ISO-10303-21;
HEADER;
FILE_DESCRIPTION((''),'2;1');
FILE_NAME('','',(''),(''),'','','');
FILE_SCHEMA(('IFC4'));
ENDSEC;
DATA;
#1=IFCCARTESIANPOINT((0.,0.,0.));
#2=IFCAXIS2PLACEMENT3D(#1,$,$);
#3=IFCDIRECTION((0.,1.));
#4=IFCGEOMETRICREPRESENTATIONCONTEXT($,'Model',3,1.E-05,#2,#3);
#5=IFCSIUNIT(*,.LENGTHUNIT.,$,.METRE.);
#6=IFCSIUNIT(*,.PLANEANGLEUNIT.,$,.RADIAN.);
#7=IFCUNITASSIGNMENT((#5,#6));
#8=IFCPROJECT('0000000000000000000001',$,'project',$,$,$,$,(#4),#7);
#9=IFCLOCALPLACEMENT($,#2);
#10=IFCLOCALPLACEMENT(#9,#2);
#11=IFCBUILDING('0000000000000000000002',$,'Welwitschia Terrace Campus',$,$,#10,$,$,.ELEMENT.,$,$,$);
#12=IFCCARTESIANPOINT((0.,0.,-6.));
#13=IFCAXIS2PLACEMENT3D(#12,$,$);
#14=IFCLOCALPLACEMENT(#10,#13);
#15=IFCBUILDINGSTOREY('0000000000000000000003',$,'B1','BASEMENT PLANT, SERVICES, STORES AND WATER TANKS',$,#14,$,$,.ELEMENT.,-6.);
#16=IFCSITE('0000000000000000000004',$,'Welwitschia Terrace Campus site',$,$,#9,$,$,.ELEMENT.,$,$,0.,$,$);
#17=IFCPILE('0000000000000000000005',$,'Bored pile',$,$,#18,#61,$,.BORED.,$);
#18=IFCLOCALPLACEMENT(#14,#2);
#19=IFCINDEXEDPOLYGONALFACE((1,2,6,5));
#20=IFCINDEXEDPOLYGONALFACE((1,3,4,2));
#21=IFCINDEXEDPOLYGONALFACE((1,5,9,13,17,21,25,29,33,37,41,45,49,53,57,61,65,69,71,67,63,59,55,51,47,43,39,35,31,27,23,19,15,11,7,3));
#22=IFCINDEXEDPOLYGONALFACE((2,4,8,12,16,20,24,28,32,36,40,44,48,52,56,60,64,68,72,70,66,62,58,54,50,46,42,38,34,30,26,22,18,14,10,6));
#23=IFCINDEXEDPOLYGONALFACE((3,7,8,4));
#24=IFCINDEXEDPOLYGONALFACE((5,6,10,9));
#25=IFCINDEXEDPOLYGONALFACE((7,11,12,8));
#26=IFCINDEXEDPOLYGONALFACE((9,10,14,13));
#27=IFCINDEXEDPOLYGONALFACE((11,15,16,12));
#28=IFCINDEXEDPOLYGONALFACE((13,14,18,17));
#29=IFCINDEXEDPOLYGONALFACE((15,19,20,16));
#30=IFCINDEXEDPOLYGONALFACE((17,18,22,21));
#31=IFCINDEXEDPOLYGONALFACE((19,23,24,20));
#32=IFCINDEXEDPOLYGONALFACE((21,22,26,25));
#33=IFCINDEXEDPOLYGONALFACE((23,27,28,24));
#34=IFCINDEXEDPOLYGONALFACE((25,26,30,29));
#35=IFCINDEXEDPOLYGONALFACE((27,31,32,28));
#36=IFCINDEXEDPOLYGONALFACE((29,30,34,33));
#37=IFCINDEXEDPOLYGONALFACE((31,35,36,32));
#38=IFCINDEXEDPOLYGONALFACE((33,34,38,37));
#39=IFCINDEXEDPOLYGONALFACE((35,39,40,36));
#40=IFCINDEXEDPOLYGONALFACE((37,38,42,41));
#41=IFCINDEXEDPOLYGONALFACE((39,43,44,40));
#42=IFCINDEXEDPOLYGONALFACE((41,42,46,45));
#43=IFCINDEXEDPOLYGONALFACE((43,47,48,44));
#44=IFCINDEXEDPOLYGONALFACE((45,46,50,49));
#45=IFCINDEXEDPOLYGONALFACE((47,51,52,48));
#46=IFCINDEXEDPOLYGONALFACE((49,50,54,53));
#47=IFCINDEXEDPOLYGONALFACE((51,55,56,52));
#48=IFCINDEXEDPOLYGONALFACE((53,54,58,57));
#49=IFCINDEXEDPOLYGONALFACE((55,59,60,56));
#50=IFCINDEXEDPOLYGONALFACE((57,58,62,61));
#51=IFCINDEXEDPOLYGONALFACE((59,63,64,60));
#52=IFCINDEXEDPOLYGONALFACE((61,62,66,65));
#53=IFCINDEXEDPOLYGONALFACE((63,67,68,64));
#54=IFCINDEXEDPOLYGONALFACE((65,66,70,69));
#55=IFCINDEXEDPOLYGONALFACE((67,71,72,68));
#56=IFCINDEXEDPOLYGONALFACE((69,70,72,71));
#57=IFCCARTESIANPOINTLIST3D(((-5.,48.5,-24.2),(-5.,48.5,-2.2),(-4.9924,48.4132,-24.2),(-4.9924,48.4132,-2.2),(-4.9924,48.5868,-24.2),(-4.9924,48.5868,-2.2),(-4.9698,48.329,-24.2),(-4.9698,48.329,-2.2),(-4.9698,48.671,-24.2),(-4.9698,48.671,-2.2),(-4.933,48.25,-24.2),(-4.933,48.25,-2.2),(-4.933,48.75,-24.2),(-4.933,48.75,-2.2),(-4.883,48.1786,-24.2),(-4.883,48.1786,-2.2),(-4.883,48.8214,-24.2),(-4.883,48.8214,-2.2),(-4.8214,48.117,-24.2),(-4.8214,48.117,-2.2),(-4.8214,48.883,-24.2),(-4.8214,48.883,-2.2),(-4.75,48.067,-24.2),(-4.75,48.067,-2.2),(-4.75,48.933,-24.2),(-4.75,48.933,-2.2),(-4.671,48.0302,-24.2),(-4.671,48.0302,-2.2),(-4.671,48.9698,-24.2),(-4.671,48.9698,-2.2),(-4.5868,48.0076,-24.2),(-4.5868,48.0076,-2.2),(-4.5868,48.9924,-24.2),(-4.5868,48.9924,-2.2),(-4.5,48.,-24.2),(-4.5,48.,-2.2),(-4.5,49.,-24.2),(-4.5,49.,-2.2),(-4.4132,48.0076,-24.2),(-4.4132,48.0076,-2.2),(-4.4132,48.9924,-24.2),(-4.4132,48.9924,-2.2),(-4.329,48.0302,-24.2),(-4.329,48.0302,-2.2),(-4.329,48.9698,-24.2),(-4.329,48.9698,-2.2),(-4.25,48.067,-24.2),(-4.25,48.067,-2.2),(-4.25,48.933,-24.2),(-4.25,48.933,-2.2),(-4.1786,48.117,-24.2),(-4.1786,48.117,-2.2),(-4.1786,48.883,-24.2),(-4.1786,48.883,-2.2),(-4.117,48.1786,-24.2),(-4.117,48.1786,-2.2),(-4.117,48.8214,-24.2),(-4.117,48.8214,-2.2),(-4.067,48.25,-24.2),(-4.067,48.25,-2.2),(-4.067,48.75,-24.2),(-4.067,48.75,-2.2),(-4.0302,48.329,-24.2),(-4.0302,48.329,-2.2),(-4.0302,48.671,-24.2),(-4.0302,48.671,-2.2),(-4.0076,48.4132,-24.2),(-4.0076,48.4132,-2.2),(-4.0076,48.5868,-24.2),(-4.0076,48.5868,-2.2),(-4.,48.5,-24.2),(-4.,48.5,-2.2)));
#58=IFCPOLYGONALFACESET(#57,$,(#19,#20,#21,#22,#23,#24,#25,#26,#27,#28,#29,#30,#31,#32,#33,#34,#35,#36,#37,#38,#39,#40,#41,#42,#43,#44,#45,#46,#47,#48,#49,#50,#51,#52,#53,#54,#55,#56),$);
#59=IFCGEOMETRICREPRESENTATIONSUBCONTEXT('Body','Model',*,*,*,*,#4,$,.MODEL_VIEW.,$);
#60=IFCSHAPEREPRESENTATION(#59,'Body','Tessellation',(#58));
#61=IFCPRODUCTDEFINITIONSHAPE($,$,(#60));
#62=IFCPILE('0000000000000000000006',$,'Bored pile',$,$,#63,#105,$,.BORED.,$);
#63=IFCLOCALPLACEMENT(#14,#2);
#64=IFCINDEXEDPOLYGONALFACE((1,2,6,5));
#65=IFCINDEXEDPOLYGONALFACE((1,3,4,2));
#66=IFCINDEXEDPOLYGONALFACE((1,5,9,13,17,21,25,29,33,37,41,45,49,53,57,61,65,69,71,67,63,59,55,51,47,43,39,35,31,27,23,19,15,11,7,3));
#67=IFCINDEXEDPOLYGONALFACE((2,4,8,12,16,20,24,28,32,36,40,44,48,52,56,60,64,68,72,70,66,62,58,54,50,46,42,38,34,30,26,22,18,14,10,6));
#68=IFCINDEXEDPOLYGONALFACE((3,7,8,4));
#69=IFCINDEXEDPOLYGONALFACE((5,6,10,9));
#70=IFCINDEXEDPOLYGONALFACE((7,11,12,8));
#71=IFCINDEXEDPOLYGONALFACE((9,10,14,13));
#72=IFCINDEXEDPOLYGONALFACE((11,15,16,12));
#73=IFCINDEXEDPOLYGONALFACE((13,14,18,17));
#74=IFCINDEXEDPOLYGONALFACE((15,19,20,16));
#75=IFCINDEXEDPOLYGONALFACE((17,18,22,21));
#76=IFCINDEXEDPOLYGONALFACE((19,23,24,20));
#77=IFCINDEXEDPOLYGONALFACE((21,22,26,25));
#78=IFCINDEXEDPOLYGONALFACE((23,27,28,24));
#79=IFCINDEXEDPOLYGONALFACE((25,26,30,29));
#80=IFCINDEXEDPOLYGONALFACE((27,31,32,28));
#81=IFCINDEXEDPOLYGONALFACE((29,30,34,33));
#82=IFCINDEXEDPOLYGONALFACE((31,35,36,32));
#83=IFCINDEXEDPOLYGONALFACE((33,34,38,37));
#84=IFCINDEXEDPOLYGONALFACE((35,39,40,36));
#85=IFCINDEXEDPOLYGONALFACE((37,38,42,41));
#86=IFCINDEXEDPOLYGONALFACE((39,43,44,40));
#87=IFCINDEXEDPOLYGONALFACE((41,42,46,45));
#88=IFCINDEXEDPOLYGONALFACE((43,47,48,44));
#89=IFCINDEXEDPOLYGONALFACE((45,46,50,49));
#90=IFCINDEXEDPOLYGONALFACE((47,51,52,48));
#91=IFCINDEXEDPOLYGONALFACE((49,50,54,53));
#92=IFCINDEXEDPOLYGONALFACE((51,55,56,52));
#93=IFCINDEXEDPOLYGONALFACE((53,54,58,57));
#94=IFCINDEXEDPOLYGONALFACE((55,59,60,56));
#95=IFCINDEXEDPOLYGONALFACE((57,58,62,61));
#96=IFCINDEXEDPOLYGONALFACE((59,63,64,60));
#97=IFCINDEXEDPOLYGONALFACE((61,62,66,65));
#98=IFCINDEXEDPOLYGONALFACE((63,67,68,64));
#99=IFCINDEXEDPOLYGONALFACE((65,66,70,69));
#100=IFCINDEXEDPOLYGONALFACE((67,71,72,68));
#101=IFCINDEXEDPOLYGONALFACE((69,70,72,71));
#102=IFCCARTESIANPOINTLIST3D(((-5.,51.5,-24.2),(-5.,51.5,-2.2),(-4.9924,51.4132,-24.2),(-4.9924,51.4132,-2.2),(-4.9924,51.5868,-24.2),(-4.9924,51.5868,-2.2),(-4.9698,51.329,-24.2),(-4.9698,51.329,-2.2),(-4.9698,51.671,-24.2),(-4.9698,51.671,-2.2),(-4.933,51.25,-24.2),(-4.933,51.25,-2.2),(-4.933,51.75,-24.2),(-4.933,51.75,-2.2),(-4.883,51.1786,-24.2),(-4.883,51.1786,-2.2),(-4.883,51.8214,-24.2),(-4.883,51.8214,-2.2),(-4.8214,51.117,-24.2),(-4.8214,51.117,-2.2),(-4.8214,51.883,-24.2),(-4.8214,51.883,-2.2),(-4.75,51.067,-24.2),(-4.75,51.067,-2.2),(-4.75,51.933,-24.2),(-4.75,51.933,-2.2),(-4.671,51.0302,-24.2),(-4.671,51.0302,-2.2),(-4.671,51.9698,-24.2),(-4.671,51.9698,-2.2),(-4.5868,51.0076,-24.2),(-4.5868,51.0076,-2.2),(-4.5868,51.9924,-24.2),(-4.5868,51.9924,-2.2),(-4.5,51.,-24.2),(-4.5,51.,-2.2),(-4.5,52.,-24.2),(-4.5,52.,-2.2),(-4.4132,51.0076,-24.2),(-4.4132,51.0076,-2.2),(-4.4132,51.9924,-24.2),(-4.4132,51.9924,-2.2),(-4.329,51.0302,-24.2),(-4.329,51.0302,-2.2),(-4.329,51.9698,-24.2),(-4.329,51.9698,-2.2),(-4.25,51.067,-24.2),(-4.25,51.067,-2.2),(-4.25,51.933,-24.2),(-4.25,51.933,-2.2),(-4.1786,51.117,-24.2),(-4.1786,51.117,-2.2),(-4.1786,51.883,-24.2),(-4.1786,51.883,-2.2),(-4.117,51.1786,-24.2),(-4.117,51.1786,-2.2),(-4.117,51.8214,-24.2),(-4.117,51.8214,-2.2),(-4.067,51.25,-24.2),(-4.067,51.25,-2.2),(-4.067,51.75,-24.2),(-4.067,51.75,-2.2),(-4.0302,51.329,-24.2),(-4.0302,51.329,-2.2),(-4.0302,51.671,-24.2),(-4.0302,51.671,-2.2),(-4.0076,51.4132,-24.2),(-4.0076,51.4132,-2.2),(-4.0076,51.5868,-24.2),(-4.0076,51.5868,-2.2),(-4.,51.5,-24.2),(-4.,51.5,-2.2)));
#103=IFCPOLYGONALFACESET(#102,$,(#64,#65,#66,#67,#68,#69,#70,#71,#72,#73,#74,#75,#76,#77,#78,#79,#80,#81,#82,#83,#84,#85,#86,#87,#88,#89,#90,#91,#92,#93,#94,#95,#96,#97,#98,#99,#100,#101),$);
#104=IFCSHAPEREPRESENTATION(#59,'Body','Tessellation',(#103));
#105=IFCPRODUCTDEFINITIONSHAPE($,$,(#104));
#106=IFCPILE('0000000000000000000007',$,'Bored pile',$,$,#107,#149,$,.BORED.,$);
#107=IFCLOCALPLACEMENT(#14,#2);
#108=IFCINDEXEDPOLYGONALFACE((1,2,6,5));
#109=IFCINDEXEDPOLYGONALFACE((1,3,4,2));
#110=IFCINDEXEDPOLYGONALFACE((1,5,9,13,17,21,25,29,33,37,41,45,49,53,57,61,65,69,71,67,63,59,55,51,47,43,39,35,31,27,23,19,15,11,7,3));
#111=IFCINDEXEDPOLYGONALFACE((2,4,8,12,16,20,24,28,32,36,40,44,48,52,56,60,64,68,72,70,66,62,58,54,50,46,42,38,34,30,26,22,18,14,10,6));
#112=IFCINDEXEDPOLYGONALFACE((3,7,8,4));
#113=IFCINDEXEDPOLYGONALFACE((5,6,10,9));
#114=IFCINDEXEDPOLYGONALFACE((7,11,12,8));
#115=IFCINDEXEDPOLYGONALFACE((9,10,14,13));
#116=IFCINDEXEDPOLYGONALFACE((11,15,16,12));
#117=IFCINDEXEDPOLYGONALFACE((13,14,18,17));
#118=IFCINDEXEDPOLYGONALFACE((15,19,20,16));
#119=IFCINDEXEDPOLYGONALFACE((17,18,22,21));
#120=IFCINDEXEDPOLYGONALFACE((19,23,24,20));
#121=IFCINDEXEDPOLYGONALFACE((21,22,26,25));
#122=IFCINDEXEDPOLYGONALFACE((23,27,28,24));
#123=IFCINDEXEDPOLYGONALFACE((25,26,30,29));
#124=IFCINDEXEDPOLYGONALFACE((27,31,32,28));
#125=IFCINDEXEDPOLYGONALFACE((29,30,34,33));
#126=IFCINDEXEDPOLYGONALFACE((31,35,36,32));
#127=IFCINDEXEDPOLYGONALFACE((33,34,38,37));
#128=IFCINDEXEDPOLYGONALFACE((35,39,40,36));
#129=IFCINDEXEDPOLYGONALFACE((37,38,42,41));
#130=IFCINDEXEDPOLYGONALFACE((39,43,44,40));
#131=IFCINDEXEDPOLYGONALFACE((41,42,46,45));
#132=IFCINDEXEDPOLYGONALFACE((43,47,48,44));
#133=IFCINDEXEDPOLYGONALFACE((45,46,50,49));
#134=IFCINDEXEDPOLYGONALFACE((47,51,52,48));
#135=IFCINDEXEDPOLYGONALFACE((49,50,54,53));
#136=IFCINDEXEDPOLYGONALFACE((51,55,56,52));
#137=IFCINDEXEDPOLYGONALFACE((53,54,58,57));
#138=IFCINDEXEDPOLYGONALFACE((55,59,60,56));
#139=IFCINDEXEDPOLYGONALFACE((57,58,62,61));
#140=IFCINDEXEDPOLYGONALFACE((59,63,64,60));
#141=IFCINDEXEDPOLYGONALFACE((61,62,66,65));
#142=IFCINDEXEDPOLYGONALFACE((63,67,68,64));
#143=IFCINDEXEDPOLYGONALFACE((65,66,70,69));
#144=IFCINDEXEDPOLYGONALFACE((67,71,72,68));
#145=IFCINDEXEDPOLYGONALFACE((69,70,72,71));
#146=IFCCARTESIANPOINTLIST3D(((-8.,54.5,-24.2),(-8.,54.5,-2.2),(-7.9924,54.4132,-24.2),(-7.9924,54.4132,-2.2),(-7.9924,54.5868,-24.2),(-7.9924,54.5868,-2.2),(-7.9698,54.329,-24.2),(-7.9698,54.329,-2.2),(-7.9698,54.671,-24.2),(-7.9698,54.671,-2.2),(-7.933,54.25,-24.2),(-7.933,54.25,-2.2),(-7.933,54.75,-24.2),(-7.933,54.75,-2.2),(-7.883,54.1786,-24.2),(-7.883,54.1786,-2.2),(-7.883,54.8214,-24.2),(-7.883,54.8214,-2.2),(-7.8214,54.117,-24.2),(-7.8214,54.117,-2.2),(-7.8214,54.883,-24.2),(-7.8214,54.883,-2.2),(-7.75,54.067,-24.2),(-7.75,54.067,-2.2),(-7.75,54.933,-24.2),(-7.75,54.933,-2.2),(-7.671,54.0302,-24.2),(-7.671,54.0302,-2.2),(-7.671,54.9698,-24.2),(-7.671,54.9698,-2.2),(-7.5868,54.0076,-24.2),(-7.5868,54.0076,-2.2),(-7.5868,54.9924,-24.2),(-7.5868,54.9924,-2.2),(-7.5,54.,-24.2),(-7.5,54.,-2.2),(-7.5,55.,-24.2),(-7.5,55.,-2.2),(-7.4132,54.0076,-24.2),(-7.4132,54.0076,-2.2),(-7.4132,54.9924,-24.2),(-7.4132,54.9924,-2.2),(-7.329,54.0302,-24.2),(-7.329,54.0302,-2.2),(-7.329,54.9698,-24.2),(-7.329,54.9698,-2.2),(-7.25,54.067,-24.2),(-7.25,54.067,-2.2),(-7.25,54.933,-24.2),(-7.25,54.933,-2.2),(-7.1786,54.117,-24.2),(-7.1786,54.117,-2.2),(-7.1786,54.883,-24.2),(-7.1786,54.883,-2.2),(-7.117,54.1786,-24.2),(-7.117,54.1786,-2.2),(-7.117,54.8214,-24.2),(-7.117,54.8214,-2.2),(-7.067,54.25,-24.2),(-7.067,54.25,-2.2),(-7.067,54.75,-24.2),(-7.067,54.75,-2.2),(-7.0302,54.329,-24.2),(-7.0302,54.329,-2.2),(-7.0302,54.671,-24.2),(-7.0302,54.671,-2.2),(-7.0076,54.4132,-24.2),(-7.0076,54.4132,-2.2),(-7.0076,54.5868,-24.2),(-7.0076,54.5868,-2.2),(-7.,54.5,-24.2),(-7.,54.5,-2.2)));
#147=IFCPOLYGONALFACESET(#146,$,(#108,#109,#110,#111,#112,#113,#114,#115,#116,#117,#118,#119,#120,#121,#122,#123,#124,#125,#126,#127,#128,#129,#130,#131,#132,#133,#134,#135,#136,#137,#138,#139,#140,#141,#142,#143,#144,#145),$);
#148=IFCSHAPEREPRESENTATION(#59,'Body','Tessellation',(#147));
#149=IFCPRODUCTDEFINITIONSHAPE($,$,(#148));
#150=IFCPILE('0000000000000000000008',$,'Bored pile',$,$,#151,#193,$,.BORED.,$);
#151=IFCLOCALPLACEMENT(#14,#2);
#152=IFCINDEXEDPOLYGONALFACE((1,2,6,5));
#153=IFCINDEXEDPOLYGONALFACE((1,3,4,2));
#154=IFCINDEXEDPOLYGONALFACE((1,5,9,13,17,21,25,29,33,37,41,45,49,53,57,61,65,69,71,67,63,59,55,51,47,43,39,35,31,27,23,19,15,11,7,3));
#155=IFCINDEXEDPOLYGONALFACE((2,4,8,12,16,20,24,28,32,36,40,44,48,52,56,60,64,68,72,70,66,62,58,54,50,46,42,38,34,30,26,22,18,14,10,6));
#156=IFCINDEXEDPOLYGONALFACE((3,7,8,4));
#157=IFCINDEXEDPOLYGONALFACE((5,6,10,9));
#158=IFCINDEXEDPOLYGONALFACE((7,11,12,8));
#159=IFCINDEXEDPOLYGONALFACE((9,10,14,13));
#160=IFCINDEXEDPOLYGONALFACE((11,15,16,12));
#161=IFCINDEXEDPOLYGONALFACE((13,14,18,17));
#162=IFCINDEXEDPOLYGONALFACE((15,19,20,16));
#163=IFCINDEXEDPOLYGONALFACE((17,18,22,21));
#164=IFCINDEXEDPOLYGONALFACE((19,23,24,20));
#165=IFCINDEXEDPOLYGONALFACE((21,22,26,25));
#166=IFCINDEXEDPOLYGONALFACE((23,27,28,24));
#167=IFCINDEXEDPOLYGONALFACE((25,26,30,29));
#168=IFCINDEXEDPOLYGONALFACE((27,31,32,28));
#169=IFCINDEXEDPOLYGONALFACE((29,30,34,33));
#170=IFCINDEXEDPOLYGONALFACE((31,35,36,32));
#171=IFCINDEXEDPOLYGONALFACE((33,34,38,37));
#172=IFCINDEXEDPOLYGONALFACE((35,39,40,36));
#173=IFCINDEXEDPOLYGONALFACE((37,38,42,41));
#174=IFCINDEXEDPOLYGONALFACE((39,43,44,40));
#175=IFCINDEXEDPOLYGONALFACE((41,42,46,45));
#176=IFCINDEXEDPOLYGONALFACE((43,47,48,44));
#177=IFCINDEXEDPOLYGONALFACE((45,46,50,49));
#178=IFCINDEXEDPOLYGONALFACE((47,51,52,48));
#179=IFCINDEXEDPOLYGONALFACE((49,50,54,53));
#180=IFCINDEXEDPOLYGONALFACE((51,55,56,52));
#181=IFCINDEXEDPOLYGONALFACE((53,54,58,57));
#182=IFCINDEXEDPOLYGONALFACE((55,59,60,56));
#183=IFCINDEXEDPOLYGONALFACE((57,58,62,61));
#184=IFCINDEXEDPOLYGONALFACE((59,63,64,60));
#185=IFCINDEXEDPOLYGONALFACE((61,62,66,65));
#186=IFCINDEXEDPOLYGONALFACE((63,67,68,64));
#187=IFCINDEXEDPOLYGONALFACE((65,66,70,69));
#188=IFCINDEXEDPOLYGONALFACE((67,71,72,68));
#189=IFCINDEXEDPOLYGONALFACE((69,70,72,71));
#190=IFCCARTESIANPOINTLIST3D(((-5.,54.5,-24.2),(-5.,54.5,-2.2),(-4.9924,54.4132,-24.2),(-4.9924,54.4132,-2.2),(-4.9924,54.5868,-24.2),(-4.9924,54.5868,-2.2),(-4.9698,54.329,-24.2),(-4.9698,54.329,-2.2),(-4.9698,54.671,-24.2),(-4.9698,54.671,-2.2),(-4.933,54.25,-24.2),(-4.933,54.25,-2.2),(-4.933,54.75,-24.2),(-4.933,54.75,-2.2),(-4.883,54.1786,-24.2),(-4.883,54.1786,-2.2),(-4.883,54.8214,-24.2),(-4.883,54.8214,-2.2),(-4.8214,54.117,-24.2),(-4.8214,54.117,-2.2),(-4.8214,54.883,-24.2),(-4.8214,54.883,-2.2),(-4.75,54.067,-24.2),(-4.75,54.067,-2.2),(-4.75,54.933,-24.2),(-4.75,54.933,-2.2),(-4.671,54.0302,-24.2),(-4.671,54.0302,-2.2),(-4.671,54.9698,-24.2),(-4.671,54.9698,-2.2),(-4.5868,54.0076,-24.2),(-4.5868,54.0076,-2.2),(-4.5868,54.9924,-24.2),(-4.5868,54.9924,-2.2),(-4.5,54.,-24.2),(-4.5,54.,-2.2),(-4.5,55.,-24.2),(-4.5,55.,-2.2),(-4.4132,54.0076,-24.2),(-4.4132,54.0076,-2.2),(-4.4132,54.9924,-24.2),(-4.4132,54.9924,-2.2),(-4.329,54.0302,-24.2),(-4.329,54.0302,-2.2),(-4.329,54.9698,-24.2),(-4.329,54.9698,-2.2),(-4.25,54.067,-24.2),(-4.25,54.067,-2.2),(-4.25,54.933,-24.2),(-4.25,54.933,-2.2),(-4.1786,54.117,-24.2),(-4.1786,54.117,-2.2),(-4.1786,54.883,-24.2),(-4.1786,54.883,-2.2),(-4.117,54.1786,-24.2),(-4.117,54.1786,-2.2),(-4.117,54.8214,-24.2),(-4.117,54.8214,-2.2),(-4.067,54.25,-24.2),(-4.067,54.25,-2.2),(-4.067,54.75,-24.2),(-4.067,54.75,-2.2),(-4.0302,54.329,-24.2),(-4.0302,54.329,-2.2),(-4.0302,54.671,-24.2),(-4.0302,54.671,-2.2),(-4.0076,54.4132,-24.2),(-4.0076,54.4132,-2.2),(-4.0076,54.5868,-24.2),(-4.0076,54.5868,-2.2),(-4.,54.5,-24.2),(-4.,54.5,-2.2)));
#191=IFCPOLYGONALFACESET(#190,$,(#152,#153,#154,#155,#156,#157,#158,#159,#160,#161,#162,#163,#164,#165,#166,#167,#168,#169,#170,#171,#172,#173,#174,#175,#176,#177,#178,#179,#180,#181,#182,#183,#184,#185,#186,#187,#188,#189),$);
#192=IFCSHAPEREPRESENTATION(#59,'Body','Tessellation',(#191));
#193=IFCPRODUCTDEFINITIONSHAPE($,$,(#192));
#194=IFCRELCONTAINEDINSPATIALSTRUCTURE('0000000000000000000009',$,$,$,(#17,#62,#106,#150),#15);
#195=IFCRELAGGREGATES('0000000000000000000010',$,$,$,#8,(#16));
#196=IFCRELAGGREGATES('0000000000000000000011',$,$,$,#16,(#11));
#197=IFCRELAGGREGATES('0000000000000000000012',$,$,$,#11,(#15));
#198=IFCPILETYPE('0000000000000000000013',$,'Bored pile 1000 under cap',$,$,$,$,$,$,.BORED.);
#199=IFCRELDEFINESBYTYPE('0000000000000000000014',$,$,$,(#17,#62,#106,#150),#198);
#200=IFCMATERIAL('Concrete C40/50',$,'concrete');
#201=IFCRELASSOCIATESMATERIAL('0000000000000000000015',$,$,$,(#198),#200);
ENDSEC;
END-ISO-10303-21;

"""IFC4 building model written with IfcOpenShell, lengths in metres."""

from ifc_helpers import new_model, si_unit, direction, frame, origin, origin_2d, place, context, subcontext, project, spatial, circle, extrude, material, type_object, element, save


model = new_model("IFC4")

# Units and contexts
model_context = context("Model", 3, precision=1e-05, world=origin(), true_north=direction((0.0, 1.0)))
body_context = subcontext(model_context, "Body", "Model", "MODEL_VIEW")
ifc_project = project(units=[si_unit("LENGTHUNIT", "METRE"), si_unit("PLANEANGLEUNIT", "RADIAN")], contexts=[model_context])

# Site, building, storey
site_placement = place(None, origin())
site = spatial("IfcSite", under=ifc_project, at=site_placement, Name="Welwitschia Terrace Campus site", CompositionType="ELEMENT", RefElevation=0.0)
building_placement = place(site_placement, origin())
building = spatial("IfcBuilding", under=site, at=building_placement, Name="Welwitschia Terrace Campus", CompositionType="ELEMENT")
storey_placement = place(building_placement, frame((0.0, 0.0, -6.0)))
storey = spatial("IfcBuildingStorey", under=building, at=storey_placement, Name="B1", Description="BASEMENT PLANT, SERVICES, STORES AND WATER TANKS", CompositionType="ELEMENT", Elevation=-6.0)

# Piles
ifc_material_1 = material(Name="Concrete C40/50", Category="concrete")
pile_type = type_object("IfcPileType", Name="Bored pile 1000 under cap", PredefinedType="BORED", material=ifc_material_1)
for number, where, z_axis, x_axis, name in (
    (1, (-4.5, 48.5, -2.2), (0.0, 0.0, -1.0), (1.0, 0.0, 0.0), "Bored pile"),
    (2, (-4.5, 51.5, -2.2), (0.0, 0.0, -1.0), (1.0, 0.0, 0.0), "Bored pile"),
    (3, (-7.5, 54.5, -2.2), (0.0, 0.0, -1.0), (1.0, 0.0, 0.0), "Bored pile"),
    (4, (-4.5, 54.5, -2.2), (0.0, 0.0, -1.0), (1.0, 0.0, 0.0), "Bored pile"),
):
    element("IfcPile", number, at=place(storey_placement, frame(where, z_axis=z_axis, x_axis=x_axis)), inside=storey, type_object=pile_type, Name=name, PredefinedType="BORED", context=body_context, shape_type="SweptSolid", body=[
        extrude(circle(Radius=0.5, at=origin_2d()), origin(), (0.0, 0.0, 1.0), 22.0),
    ])

save(model, "model.ifc")
